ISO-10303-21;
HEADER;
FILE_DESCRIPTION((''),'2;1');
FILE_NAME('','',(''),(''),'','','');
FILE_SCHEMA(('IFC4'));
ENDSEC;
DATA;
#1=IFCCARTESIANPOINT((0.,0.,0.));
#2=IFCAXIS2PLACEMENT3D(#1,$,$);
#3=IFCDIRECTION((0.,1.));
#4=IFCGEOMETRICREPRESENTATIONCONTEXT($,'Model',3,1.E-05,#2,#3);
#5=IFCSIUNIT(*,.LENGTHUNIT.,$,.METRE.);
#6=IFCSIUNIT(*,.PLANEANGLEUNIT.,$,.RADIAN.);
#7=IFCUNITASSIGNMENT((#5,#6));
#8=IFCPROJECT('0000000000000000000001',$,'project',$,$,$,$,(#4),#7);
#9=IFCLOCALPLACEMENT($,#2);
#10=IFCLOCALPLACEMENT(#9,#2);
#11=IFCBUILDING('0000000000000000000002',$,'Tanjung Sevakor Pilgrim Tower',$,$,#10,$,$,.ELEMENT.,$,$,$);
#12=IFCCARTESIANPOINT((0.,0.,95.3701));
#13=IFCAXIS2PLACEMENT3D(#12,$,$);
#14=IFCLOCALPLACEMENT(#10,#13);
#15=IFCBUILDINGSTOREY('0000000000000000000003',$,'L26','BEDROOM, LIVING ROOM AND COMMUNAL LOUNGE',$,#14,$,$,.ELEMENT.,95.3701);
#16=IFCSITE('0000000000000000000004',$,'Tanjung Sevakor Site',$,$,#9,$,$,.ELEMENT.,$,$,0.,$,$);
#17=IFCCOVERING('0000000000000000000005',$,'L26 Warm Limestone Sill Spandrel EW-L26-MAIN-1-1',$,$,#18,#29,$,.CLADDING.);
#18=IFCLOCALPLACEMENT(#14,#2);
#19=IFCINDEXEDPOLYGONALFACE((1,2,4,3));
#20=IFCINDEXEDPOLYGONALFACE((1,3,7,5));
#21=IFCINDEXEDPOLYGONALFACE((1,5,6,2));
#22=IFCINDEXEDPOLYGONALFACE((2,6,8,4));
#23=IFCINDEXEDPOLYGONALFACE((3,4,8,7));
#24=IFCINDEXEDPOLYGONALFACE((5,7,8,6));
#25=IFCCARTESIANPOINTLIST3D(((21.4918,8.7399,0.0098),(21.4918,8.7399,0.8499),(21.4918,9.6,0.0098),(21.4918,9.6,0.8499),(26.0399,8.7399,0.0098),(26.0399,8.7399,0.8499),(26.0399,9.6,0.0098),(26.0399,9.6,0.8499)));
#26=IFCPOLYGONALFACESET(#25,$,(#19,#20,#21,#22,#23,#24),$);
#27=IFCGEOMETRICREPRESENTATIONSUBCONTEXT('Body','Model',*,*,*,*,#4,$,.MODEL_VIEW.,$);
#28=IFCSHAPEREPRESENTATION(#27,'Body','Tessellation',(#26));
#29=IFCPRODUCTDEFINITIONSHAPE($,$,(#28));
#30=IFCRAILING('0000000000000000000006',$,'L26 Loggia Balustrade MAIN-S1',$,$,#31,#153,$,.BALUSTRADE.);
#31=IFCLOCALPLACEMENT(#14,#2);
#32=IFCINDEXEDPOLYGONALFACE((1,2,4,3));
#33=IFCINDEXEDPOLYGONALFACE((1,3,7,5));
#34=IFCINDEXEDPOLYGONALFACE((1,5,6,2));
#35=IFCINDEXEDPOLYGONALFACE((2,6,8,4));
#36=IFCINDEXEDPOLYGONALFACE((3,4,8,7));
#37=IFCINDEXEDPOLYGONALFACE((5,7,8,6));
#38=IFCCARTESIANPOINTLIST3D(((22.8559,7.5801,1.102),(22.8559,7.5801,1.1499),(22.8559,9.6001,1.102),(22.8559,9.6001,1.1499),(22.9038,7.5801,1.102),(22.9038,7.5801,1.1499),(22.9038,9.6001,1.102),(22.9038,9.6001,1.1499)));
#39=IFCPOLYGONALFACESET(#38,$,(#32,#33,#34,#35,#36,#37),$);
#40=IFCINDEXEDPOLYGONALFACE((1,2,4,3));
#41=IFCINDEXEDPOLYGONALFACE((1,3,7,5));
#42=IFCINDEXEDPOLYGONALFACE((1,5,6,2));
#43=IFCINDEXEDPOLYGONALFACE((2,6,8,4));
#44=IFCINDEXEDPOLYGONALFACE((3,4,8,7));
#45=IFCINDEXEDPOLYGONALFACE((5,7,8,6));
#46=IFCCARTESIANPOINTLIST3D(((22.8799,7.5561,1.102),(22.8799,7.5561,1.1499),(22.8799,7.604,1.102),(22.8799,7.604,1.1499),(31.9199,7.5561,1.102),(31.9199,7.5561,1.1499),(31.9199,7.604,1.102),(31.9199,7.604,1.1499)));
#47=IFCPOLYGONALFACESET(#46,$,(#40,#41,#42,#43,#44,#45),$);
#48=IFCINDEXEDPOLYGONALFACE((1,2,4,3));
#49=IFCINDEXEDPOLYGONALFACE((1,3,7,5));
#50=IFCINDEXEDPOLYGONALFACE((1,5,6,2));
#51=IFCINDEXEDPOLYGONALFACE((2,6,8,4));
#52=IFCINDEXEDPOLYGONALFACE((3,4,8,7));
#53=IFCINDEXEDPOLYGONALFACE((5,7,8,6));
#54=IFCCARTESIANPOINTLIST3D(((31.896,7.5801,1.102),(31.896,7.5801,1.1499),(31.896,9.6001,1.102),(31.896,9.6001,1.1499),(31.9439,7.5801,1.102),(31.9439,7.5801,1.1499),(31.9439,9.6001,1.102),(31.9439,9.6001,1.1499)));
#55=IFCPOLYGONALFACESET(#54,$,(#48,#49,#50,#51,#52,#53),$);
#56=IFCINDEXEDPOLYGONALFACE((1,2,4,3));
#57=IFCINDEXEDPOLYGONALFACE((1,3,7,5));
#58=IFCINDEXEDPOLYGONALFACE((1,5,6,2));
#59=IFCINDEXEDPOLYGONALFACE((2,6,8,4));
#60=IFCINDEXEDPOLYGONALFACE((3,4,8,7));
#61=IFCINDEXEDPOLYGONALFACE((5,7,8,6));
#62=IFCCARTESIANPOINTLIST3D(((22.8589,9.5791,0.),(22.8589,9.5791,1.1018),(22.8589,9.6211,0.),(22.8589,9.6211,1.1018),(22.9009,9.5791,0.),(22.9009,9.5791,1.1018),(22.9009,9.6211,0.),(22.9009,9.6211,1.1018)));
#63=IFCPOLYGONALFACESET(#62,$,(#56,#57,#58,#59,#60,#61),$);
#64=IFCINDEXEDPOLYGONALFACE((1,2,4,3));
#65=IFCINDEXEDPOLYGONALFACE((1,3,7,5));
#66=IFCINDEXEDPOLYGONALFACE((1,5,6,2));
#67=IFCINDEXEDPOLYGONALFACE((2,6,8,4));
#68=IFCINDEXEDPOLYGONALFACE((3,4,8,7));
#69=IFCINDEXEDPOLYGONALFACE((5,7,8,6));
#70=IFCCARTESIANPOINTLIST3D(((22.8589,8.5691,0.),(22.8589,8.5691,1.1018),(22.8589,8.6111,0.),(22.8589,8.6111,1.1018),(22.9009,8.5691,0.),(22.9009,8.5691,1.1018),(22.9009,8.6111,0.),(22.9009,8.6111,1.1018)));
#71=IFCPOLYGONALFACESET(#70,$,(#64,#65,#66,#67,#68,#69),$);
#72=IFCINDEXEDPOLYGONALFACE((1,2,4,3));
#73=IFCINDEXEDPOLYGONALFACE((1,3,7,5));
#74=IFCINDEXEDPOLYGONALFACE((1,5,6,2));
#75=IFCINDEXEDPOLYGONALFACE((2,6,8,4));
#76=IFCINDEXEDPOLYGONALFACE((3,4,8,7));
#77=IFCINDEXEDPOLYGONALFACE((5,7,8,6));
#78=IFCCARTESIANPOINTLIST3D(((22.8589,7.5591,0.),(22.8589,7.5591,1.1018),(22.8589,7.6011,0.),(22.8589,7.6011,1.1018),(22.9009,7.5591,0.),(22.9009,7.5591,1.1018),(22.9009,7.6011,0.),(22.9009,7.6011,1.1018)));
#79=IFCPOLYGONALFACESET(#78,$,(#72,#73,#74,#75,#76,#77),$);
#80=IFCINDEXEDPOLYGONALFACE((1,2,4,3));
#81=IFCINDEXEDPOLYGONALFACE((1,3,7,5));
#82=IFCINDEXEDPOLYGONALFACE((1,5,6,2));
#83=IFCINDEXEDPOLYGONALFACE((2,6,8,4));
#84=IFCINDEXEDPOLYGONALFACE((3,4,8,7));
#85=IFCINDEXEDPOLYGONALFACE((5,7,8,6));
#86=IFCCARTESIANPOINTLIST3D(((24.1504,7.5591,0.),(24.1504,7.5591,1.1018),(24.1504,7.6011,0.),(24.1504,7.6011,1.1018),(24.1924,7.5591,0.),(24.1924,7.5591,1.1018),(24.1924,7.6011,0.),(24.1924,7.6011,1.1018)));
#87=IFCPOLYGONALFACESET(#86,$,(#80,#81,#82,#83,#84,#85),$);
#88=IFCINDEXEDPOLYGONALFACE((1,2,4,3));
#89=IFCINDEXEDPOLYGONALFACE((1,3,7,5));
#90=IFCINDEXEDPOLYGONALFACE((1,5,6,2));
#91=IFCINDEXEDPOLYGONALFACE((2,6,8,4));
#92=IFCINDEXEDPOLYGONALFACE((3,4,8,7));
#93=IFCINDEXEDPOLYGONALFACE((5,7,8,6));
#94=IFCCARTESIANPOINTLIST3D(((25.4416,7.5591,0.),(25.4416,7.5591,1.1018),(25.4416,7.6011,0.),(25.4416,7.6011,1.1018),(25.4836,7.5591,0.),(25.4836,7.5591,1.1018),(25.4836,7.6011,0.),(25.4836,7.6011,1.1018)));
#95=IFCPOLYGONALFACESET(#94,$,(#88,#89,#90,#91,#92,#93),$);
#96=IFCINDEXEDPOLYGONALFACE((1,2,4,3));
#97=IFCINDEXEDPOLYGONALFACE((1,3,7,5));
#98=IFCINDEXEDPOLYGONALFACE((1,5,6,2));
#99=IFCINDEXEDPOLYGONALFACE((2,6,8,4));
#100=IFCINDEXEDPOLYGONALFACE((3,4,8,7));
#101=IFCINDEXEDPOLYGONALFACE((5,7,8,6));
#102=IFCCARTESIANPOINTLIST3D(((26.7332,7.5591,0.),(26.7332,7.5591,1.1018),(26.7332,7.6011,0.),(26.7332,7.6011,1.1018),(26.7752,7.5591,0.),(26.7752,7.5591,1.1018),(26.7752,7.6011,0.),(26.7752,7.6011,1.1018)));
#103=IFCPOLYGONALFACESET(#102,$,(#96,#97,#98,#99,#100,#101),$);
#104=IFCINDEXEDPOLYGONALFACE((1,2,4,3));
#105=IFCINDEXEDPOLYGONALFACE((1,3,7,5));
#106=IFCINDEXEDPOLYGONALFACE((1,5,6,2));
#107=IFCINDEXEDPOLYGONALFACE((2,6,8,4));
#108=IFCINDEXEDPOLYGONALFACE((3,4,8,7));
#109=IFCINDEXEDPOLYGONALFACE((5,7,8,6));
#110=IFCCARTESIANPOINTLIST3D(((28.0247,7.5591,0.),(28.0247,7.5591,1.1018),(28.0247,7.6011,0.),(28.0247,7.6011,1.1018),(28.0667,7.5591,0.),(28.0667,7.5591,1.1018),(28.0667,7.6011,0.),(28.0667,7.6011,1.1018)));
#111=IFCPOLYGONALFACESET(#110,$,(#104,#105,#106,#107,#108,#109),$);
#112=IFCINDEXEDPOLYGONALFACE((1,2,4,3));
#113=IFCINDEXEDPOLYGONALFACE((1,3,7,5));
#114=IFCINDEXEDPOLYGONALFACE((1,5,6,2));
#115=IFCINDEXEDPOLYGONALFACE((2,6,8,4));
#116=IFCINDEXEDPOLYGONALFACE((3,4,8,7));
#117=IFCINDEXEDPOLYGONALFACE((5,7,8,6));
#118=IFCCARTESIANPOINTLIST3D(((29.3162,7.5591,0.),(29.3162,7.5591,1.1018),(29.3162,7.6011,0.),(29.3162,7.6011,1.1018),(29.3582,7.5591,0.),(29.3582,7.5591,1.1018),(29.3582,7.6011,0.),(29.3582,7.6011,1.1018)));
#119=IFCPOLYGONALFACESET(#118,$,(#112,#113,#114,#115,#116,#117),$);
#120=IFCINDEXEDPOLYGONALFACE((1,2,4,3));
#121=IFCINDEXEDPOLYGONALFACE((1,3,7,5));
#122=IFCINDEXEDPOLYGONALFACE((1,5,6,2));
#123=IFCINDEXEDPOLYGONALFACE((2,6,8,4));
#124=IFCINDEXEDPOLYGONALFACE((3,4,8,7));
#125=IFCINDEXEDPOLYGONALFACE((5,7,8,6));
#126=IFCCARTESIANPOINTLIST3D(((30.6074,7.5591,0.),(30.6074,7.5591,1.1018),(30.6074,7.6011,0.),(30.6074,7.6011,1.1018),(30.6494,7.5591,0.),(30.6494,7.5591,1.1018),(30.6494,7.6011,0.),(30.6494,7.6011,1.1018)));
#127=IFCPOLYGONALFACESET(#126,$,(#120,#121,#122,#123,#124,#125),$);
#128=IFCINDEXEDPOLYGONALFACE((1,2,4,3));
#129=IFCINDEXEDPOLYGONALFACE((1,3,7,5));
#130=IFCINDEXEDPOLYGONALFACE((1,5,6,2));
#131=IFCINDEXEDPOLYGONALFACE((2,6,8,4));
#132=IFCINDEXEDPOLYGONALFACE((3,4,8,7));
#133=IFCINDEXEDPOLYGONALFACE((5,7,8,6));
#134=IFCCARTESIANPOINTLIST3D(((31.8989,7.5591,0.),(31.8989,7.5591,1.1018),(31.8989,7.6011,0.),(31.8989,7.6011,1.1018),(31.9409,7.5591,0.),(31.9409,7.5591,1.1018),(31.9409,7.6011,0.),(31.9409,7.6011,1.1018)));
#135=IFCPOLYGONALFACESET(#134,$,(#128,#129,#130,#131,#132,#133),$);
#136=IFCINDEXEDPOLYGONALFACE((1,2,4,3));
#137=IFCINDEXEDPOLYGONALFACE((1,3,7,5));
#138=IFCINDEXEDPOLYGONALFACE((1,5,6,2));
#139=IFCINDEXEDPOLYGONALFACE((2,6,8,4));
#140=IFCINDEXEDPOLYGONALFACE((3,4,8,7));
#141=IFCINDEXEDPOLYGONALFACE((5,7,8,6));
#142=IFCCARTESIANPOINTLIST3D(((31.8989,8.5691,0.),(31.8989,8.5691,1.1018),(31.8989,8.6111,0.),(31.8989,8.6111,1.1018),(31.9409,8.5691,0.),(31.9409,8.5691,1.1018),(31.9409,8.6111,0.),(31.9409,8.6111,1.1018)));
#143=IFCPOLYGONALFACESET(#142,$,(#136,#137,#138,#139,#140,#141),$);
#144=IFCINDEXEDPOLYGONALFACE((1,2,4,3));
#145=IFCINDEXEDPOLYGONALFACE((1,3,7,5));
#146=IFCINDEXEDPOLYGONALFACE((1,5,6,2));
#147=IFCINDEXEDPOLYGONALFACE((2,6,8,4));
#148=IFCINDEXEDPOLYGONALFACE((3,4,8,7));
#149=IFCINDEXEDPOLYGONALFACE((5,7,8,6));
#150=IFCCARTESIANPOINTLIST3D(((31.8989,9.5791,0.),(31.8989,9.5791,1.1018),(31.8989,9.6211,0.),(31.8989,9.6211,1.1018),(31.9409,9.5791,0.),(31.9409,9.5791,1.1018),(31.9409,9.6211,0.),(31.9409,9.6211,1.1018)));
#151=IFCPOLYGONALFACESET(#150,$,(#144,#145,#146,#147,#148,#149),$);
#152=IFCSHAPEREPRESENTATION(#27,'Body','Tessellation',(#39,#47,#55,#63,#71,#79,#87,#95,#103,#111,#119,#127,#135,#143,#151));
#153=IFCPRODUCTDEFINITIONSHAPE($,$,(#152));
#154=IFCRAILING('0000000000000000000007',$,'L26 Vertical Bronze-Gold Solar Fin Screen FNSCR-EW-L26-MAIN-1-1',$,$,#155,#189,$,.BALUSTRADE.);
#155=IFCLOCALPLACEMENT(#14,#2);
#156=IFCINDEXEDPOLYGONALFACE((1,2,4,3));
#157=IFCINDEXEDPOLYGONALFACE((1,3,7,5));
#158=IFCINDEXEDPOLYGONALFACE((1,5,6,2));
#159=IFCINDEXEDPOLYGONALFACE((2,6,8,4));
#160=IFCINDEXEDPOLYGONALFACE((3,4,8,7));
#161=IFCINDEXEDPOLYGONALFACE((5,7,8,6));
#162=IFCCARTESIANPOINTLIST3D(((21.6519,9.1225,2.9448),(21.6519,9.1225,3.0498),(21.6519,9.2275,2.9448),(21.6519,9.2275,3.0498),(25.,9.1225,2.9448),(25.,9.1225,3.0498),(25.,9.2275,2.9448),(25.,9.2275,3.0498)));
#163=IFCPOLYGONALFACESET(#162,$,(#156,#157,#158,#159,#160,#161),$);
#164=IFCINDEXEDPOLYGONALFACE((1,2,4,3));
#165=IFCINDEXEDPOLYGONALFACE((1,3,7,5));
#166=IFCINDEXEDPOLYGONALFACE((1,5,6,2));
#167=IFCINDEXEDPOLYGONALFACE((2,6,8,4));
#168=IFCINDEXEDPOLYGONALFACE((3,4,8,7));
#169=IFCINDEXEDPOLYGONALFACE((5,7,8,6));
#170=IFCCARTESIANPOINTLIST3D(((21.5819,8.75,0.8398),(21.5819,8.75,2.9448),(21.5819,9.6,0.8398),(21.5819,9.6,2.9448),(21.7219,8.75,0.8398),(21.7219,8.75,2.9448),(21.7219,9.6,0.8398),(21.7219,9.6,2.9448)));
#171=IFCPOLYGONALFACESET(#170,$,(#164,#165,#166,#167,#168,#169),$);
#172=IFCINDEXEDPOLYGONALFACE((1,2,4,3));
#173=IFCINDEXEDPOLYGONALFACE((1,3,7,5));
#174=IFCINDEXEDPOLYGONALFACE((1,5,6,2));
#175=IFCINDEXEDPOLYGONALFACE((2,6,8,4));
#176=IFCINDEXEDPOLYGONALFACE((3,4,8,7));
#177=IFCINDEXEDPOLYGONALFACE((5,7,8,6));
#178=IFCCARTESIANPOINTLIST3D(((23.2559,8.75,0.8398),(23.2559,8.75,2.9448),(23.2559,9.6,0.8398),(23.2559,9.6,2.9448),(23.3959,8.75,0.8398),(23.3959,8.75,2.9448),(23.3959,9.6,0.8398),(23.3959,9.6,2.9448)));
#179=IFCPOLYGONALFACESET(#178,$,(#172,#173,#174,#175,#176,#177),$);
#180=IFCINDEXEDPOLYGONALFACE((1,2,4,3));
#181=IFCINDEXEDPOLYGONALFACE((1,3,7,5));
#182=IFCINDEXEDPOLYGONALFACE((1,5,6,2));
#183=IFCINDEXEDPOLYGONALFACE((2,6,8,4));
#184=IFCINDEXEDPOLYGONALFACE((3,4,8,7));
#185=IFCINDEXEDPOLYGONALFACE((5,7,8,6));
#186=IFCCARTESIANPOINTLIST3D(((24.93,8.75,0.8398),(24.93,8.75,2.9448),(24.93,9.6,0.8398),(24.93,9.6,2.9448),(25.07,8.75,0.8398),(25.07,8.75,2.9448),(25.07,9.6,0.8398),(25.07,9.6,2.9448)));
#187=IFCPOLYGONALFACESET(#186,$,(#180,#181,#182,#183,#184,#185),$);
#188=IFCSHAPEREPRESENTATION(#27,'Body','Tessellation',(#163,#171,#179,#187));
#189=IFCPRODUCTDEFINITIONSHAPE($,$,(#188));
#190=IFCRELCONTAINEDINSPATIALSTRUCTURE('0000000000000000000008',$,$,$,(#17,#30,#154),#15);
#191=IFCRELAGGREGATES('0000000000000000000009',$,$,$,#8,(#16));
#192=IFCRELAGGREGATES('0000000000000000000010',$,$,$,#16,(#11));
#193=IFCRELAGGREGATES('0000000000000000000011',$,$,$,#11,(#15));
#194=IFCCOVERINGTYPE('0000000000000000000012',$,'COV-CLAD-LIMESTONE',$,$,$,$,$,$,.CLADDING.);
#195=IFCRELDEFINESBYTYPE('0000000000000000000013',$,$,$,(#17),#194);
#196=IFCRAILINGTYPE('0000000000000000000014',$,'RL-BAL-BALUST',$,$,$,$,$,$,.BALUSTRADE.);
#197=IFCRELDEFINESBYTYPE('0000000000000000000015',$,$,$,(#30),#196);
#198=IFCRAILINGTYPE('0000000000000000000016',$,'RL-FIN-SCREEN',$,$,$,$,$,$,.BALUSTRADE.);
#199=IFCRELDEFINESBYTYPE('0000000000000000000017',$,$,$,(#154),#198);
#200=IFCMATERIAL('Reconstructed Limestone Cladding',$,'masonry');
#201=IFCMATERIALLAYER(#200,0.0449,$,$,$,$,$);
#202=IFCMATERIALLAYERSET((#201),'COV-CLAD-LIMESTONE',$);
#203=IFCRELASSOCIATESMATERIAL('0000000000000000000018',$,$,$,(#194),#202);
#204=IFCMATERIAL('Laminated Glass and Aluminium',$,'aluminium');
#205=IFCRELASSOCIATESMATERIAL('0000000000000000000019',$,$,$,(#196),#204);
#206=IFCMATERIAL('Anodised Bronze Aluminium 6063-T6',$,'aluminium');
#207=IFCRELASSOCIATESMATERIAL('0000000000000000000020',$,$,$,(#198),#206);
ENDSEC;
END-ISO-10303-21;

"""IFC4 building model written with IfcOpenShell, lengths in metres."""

from ifc_helpers import new_model, si_unit, direction, frame, origin, origin_2d, place, context, subcontext, project, spatial, rectangle, extrude, material, layer, layer_set, type_object, element, save


model = new_model("IFC4")

# Units and contexts
model_context = context("Model", 3, precision=1e-05, world=origin(), true_north=direction((0.0, 1.0)))
body_context = subcontext(model_context, "Body", "Model", "MODEL_VIEW")
ifc_project = project(units=[si_unit("LENGTHUNIT", "METRE"), si_unit("PLANEANGLEUNIT", "RADIAN")], contexts=[model_context])

# Site, building, storey
site_placement = place(None, origin())
site = spatial("IfcSite", under=ifc_project, at=site_placement, Name="Tanjung Sevakor Site", CompositionType="ELEMENT", RefElevation=0.0)
building_placement = place(site_placement, origin())
building = spatial("IfcBuilding", under=site, at=building_placement, Name="Tanjung Sevakor Pilgrim Tower", CompositionType="ELEMENT")
storey_placement = place(building_placement, frame((0.0, 0.0, 95.3701)))
storey = spatial("IfcBuildingStorey", under=building, at=storey_placement, Name="L26", Description="BEDROOM, LIVING ROOM AND COMMUNAL LOUNGE", CompositionType="ELEMENT", Elevation=95.3701)

# Covering
ifc_material_1 = material(Name="Reconstructed Limestone Cladding", Category="masonry")
ifc_layer_1 = layer(ifc_material_1, 0.0449)
ifc_layer_set_1 = layer_set([ifc_layer_1], Name="COV-CLAD-LIMESTONE")
covering_type = type_object("IfcCoveringType", Name="COV-CLAD-LIMESTONE", PredefinedType="CLADDING", material=ifc_layer_set_1)
covering_placement = place(storey_placement, frame((23.7659, 9.1699, 0.0098), z_axis=(0.0, 0.0, 1.0), x_axis=(1.0, 0.0, 0.0)))
element("IfcCovering", 1, at=covering_placement, inside=storey, type_object=covering_type, Name="L26 Warm Limestone Sill Spandrel EW-L26-MAIN-1-1", PredefinedType="CLADDING", context=body_context, shape_type="SweptSolid", body=[
    extrude(rectangle(XDim=4.5481, YDim=0.8601, at=origin_2d()), origin(), (0.0, 0.0, 1.0), 0.8401),
])

# Railings
ifc_material_2 = material(Name="Laminated Glass and Aluminium", Category="aluminium")
railing_type_1 = type_object("IfcRailingType", Name="RL-BAL-BALUST", PredefinedType="BALUSTRADE", material=ifc_material_2)
railing_1_placement = place(storey_placement, frame((22.8799, 9.6001, 0.0)))
element("IfcRailing", 2, at=railing_1_placement, inside=storey, type_object=railing_type_1, Name="L26 Loggia Balustrade MAIN-S1", PredefinedType="BALUSTRADE", context=body_context, shape_type="SweptSolid", body=[
    extrude(rectangle(XDim=0.0479, YDim=0.0479), frame((0.0, 0.0, 1.126), z_axis=(0.0, -1.0, 0.0), x_axis=(1.0, 0.0, 0.0)), (0.0, 0.0, 1.0), 2.02),
    extrude(rectangle(XDim=0.0479, YDim=0.0479), frame((0.0, -2.02, 1.126), z_axis=(1.0, 0.0, 0.0), x_axis=(0.0, 1.0, 0.0)), (0.0, 0.0, 1.0), 9.04),
    extrude(rectangle(XDim=0.0479, YDim=0.0479), frame((9.04, -2.02, 1.126), z_axis=(0.0, 1.0, 0.0), x_axis=(-1.0, 0.0, 0.0)), (0.0, 0.0, 1.0), 2.02),
    extrude(rectangle(XDim=0.042, YDim=0.042), origin(), (0.0, 0.0, 1.0), 1.1018),
    extrude(rectangle(XDim=0.042, YDim=0.042), frame((0.0, -1.01, 0.0)), (0.0, 0.0, 1.0), 1.1018),
    extrude(rectangle(XDim=0.042, YDim=0.042), frame((0.0, -2.02, 0.0)), (0.0, 0.0, 1.0), 1.1018),
    extrude(rectangle(XDim=0.042, YDim=0.042), frame((1.2915, -2.02, 0.0)), (0.0, 0.0, 1.0), 1.1018),
    extrude(rectangle(XDim=0.042, YDim=0.042), frame((2.5828, -2.02, 0.0)), (0.0, 0.0, 1.0), 1.1018),
    extrude(rectangle(XDim=0.042, YDim=0.042), frame((3.8743, -2.02, 0.0)), (0.0, 0.0, 1.0), 1.1018),
    extrude(rectangle(XDim=0.042, YDim=0.042), frame((5.1658, -2.02, 0.0)), (0.0, 0.0, 1.0), 1.1018),
    extrude(rectangle(XDim=0.042, YDim=0.042), frame((6.4573, -2.02, 0.0)), (0.0, 0.0, 1.0), 1.1018),
    extrude(rectangle(XDim=0.042, YDim=0.042), frame((7.7485, -2.02, 0.0)), (0.0, 0.0, 1.0), 1.1018),
    extrude(rectangle(XDim=0.042, YDim=0.042), frame((9.04, -2.02, 0.0)), (0.0, 0.0, 1.0), 1.1018),
    extrude(rectangle(XDim=0.042, YDim=0.042), frame((9.04, -1.01, 0.0)), (0.0, 0.0, 1.0), 1.1018),
    extrude(rectangle(XDim=0.042, YDim=0.042), frame((9.04, 0.0, 0.0)), (0.0, 0.0, 1.0), 1.1018),
])
ifc_material_3 = material(Name="Anodised Bronze Aluminium 6063-T6", Category="aluminium")
railing_type_2 = type_object("IfcRailingType", Name="RL-FIN-SCREEN", PredefinedType="BALUSTRADE", material=ifc_material_3)
railing_2_placement = place(storey_placement, frame((21.6519, 9.175, 0.8398)))
element("IfcRailing", 3, at=railing_2_placement, inside=storey, type_object=railing_type_2, Name="L26 Vertical Bronze-Gold Solar Fin Screen FNSCR-EW-L26-MAIN-1-1", PredefinedType="BALUSTRADE", context=body_context, shape_type="SweptSolid", body=[
    extrude(rectangle(XDim=0.105, YDim=0.105), frame((0.0, 0.0, 2.1575), z_axis=(1.0, 0.0, 0.0), x_axis=(0.0, 1.0, 0.0)), (0.0, 0.0, 1.0), 3.3481),
    extrude(rectangle(XDim=0.14, YDim=0.85), origin(), (0.0, 0.0, 1.0), 2.105),
    extrude(rectangle(XDim=0.14, YDim=0.85), frame((1.6741, 0.0, 0.0)), (0.0, 0.0, 1.0), 2.105),
    extrude(rectangle(XDim=0.14, YDim=0.85), frame((3.3481, 0.0, 0.0)), (0.0, 0.0, 1.0), 2.105),
])

save(model, "model.ifc")
